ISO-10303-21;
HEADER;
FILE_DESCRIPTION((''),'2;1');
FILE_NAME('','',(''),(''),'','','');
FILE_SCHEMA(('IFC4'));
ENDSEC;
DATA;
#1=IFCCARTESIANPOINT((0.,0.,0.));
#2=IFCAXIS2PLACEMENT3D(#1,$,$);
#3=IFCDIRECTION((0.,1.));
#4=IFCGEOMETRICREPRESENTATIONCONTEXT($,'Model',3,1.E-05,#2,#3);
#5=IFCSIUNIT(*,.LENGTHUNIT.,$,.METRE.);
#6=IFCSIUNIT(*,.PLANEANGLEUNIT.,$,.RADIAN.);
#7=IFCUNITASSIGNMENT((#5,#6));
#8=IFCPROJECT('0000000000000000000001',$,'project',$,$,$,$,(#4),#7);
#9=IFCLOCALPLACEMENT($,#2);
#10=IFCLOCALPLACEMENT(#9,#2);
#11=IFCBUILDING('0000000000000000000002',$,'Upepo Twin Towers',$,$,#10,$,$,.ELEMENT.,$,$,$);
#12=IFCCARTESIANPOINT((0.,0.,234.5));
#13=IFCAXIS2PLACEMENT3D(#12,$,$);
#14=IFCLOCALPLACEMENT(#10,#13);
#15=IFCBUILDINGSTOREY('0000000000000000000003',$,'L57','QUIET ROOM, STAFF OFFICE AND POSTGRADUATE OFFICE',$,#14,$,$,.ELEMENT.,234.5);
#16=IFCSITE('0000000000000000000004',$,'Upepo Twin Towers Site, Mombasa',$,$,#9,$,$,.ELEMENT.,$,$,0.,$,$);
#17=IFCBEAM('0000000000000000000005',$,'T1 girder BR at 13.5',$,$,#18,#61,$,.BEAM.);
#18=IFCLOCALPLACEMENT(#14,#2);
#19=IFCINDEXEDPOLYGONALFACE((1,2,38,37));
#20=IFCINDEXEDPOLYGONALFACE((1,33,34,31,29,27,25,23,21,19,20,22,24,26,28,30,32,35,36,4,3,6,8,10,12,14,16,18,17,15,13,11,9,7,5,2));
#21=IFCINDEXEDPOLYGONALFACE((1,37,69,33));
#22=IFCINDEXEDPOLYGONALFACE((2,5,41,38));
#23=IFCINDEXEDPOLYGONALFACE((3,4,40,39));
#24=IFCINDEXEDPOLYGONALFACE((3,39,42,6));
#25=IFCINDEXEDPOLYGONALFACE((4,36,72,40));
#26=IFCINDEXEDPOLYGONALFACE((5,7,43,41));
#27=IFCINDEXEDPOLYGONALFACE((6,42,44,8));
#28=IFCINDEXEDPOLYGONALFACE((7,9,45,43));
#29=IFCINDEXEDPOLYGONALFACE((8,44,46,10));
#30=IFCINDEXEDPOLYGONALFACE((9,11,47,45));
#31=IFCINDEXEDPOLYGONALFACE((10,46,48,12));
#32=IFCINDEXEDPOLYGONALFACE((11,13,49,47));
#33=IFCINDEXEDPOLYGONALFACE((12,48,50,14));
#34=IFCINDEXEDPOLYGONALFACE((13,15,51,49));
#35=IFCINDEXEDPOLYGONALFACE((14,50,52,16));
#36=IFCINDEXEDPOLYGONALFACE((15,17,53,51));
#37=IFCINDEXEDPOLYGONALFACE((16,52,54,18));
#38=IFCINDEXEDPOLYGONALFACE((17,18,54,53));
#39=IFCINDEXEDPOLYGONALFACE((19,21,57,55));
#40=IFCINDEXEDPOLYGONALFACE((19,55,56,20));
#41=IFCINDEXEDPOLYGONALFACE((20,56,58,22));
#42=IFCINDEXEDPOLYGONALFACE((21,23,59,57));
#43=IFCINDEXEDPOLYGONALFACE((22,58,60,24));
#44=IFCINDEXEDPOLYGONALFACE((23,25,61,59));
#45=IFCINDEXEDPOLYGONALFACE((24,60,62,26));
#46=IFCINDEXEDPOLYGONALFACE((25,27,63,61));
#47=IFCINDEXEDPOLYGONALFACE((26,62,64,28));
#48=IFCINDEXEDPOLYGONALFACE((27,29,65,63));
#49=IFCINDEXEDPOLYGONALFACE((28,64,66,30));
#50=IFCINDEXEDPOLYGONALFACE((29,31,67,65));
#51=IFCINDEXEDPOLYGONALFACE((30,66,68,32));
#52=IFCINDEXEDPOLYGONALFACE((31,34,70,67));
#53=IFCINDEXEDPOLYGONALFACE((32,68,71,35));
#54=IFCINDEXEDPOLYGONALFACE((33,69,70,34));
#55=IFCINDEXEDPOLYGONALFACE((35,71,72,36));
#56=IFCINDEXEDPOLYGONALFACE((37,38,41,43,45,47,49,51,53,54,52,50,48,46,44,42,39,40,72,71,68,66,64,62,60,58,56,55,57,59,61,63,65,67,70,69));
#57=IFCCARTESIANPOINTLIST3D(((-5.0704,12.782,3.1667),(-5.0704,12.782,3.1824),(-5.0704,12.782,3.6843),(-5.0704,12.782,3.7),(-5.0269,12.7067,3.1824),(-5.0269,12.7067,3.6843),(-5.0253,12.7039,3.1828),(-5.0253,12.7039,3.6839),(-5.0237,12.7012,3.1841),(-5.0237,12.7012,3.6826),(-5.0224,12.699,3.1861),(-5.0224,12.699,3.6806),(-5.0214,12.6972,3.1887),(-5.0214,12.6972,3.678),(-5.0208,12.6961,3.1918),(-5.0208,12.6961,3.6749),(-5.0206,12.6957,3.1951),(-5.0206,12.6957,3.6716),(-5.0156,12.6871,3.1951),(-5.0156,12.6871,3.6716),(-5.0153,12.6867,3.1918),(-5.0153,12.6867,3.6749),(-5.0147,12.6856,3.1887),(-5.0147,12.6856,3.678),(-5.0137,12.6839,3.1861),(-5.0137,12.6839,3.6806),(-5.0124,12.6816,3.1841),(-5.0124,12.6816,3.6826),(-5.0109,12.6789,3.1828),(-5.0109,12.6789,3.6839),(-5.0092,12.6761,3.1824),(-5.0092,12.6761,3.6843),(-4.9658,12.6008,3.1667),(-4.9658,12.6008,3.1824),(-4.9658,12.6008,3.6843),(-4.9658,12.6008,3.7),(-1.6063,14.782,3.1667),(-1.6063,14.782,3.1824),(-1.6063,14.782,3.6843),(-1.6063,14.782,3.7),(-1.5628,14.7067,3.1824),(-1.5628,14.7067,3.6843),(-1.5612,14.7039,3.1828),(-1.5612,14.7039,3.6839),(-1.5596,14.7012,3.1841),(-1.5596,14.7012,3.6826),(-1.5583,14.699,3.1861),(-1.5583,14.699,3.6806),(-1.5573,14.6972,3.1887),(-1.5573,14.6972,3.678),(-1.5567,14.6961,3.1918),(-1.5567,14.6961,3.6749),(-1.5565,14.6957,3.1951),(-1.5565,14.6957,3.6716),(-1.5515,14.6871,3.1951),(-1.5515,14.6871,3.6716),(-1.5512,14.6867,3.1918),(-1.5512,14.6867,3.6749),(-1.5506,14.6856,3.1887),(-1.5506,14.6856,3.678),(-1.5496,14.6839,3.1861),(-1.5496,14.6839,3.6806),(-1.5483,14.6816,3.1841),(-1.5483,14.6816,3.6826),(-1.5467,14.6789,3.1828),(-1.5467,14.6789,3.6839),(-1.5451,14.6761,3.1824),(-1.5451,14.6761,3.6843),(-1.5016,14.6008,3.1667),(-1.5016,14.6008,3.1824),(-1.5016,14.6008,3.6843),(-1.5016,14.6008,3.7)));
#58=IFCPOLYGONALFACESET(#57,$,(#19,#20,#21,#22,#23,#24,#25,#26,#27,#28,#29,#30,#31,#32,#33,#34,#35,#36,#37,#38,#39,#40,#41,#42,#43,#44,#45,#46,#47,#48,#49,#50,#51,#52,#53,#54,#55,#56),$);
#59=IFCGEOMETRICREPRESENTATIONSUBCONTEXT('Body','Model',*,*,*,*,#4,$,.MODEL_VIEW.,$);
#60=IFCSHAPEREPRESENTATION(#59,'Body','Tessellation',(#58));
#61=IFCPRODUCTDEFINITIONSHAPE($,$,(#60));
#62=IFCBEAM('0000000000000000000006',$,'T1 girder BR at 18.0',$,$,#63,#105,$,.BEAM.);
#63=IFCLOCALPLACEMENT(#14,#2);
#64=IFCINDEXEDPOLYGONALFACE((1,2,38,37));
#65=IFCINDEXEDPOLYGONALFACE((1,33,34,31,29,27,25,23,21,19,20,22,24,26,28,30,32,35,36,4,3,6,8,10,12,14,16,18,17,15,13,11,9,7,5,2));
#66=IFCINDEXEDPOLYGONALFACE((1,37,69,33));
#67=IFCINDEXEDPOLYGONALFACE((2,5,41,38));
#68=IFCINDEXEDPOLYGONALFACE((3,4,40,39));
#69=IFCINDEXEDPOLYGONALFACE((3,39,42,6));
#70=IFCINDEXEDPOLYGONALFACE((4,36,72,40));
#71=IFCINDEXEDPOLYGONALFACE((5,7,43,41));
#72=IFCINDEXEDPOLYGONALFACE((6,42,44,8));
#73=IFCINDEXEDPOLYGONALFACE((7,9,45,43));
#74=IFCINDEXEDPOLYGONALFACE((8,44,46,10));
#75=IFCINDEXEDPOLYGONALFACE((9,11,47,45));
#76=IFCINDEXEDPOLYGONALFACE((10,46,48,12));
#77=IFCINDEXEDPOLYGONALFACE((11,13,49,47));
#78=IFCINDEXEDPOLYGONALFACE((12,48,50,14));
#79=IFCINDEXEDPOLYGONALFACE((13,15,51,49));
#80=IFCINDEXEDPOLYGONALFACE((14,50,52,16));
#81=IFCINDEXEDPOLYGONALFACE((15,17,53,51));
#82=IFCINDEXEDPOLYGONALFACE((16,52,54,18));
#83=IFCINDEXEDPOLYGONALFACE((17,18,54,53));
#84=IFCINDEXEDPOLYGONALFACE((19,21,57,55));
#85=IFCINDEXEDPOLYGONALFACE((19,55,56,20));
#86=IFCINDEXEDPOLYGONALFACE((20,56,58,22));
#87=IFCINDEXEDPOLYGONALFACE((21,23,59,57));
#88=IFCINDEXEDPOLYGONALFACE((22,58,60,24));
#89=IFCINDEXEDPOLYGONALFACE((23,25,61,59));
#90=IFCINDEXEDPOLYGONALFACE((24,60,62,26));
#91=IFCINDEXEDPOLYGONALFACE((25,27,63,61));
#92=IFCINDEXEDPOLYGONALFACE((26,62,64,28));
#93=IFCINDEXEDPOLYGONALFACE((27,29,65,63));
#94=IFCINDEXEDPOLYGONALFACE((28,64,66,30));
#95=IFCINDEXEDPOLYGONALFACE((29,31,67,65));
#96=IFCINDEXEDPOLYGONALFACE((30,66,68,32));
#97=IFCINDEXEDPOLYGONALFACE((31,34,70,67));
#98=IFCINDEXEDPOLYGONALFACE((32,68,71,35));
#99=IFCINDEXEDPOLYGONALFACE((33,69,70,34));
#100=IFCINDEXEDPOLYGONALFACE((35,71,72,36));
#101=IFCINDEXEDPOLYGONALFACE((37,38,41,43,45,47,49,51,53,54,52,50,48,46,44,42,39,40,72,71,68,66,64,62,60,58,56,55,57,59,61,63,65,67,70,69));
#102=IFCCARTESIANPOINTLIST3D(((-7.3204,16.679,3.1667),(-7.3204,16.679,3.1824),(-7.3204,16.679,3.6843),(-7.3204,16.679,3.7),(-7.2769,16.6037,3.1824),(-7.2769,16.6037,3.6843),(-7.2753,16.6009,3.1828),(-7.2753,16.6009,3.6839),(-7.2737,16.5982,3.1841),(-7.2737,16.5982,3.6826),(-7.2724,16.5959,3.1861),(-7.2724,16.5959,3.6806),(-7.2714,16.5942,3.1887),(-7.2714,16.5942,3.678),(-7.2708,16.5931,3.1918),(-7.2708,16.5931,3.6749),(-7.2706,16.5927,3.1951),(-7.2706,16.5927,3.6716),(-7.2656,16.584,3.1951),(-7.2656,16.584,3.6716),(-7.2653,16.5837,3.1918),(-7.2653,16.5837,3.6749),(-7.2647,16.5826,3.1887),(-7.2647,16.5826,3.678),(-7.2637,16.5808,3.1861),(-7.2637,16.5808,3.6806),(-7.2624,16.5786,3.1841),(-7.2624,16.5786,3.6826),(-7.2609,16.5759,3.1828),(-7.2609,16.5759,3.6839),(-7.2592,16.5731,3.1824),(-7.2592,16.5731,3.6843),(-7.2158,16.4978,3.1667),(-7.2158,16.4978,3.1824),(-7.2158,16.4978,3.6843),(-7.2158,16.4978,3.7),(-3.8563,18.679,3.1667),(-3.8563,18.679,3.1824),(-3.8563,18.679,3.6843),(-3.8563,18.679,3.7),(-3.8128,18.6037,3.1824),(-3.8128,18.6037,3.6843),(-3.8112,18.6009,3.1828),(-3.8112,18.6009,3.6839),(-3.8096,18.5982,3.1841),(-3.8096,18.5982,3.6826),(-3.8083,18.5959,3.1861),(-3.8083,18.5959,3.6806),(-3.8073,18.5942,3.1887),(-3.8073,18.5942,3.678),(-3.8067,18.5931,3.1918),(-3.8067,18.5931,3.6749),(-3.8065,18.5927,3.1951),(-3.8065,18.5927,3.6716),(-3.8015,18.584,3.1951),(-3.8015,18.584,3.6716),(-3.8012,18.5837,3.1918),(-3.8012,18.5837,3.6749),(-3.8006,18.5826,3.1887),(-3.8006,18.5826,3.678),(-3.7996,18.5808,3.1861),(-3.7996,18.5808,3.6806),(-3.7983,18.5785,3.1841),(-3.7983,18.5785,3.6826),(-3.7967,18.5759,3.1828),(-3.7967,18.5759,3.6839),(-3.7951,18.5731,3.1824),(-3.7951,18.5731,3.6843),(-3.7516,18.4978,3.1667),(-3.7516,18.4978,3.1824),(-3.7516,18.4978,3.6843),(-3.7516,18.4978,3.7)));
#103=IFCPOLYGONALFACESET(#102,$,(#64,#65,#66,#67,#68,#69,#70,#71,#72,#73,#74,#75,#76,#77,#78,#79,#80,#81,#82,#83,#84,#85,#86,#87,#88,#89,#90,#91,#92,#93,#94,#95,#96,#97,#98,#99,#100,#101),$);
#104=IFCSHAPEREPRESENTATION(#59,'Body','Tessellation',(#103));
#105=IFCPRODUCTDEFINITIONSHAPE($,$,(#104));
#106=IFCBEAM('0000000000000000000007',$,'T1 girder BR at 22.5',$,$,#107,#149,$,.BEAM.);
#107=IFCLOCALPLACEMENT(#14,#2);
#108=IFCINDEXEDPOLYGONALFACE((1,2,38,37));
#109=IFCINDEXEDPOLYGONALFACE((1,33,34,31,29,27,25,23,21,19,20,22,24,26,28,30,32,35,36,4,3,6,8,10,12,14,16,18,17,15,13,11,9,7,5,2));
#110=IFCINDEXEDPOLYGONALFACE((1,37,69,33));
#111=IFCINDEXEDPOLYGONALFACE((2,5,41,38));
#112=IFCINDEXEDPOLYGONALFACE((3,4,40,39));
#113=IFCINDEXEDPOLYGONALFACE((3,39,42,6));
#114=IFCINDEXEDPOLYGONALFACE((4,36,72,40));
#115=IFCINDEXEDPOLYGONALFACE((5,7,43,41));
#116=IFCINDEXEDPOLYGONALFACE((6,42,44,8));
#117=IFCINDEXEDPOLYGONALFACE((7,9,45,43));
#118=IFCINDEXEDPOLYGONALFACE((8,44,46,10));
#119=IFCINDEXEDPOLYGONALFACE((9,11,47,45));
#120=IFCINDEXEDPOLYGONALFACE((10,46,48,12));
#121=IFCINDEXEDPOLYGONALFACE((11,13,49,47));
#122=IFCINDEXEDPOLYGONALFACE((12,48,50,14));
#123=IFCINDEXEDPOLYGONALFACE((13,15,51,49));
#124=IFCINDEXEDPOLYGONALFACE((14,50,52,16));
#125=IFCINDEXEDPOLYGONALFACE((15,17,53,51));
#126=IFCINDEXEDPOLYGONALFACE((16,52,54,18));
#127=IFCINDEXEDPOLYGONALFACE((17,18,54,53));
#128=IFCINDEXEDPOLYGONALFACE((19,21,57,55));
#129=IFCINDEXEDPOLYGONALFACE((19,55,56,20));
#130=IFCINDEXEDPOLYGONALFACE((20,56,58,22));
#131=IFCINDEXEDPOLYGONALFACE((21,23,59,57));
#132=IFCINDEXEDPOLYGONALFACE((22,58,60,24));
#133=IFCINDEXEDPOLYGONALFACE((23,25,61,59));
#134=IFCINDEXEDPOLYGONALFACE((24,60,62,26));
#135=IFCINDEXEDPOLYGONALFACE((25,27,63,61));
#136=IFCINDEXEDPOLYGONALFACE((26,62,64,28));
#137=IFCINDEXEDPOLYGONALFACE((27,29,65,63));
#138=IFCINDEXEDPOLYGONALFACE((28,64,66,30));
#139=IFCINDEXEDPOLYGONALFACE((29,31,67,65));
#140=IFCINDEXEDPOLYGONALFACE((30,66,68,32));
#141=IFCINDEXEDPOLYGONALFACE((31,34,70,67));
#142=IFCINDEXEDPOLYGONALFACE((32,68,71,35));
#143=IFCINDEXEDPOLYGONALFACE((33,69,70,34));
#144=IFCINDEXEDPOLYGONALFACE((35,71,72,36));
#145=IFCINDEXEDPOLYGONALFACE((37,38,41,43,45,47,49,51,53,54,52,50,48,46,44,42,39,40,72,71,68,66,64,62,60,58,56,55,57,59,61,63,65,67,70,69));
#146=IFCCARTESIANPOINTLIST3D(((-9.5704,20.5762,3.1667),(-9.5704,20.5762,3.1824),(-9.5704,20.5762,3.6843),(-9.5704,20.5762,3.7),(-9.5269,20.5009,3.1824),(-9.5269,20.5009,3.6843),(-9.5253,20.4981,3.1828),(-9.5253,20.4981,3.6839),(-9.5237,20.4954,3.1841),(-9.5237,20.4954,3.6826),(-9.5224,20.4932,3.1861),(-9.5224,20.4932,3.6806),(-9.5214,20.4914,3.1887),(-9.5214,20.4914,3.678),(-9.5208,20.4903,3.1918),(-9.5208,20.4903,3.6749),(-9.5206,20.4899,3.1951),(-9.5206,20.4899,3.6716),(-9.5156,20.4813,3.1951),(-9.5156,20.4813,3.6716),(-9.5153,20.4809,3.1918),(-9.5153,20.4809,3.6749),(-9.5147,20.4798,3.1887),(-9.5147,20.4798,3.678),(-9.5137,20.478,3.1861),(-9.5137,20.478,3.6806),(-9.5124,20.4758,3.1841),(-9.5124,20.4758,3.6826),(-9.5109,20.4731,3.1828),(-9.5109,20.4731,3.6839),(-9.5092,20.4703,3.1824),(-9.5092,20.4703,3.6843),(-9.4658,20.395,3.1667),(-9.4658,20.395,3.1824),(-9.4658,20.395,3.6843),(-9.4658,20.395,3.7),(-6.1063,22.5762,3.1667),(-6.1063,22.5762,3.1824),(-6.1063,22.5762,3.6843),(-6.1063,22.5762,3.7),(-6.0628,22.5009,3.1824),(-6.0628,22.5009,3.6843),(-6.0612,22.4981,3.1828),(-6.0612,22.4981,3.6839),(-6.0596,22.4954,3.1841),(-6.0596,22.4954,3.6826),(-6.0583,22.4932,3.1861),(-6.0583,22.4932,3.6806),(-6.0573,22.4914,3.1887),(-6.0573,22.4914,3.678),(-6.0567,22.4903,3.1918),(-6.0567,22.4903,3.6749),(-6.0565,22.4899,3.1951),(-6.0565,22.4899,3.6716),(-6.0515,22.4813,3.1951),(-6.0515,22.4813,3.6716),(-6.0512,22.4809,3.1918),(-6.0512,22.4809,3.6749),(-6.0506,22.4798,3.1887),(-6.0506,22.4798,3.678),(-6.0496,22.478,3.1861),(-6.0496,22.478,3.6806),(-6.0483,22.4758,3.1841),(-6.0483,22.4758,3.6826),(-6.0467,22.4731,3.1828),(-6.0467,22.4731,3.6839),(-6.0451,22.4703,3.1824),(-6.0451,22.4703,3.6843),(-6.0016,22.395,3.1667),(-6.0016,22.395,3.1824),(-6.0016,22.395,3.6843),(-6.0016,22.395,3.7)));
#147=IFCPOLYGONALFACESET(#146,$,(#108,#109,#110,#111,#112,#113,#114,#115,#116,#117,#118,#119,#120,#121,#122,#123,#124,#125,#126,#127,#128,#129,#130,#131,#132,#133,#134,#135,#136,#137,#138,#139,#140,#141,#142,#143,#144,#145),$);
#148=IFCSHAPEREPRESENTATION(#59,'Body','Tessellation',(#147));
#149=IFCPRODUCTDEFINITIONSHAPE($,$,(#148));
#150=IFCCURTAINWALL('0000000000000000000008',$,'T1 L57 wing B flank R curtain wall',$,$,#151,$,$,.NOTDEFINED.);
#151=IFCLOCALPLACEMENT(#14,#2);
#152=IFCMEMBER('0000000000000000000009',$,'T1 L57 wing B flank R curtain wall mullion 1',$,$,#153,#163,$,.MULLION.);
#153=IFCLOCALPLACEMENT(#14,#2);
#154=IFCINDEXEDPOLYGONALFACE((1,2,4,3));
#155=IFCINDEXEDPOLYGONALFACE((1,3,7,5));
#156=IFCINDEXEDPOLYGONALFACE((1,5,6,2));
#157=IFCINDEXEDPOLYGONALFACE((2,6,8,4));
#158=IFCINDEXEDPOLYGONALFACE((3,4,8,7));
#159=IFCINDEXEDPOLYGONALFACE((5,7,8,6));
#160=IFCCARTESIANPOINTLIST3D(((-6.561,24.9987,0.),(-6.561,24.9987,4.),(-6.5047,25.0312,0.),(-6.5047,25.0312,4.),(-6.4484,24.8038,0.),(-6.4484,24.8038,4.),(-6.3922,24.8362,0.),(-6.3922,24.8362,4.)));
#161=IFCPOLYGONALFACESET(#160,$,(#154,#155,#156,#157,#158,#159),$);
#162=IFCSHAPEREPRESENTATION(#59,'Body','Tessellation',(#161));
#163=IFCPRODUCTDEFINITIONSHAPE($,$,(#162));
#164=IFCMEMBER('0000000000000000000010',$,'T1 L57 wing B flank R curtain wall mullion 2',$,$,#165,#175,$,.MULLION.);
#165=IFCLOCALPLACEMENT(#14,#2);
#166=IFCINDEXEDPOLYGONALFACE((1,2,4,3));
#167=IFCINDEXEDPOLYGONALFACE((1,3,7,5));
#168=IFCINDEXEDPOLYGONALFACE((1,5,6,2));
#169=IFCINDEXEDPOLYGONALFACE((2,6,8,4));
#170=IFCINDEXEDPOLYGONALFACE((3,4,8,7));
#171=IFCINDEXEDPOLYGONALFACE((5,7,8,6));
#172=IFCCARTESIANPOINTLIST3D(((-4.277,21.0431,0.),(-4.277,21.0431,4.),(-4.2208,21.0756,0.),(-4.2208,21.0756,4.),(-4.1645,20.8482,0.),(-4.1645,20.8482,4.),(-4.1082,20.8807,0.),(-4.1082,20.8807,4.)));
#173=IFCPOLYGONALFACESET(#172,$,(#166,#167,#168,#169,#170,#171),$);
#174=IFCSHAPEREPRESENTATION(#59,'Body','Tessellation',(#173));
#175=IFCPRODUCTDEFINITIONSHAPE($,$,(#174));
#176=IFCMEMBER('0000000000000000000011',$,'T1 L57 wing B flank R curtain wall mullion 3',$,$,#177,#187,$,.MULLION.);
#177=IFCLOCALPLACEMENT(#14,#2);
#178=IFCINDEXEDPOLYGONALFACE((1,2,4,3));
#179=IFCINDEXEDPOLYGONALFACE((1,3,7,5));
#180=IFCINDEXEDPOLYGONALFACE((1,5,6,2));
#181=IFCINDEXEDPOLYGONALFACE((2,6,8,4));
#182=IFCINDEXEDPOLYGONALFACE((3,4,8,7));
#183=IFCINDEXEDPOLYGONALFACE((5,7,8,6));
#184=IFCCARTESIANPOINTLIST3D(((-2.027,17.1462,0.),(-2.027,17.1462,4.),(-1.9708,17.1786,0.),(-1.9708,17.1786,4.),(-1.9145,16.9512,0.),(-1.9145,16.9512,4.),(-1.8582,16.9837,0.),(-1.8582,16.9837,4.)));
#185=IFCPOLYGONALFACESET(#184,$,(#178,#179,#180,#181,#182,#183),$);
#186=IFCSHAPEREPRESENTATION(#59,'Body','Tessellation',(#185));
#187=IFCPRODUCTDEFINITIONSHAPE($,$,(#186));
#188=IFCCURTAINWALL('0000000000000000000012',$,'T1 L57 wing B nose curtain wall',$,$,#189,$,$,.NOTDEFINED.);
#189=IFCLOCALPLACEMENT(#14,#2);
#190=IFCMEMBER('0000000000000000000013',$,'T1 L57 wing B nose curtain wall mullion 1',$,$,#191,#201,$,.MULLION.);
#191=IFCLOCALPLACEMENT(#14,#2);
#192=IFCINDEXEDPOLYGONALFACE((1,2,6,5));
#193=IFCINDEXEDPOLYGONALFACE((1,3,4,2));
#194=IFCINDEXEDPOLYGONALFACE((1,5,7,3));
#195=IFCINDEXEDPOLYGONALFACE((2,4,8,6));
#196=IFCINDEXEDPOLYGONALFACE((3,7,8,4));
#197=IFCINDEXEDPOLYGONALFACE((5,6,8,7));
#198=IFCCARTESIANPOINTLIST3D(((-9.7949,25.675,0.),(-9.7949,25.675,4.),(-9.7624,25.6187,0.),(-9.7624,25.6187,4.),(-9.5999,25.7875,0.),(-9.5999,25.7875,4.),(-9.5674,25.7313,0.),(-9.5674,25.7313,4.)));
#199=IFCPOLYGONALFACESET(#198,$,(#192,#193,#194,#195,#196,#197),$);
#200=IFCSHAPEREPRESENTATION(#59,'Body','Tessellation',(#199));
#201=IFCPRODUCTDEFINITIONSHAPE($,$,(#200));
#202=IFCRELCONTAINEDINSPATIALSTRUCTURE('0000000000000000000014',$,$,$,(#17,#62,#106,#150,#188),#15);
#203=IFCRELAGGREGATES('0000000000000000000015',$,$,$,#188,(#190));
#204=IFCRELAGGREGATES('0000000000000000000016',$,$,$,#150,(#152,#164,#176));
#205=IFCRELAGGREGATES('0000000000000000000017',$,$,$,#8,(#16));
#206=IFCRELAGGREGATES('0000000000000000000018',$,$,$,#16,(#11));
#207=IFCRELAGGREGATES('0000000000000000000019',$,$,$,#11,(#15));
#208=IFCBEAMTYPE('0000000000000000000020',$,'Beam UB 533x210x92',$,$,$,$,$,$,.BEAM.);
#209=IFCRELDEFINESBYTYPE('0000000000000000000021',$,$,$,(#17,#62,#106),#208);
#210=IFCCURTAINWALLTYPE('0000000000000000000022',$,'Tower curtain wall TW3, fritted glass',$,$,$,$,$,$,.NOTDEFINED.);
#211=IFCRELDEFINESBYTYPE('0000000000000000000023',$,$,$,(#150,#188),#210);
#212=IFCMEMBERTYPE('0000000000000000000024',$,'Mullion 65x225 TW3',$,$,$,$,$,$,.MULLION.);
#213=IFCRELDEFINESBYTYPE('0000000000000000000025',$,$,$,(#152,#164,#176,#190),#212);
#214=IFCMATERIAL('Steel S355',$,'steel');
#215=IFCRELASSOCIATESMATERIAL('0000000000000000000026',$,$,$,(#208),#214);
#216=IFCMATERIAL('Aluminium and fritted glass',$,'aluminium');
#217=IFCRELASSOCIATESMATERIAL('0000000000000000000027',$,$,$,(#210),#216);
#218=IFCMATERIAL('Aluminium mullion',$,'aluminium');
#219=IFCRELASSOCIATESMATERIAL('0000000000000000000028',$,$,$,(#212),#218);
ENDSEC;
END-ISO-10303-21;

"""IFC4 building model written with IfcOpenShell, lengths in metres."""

from ifc_helpers import new_model, si_unit, direction, frame, origin, origin_2d, place, context, subcontext, project, spatial, rectangle, i_section, extrude, material, material_profile, profile_set, type_object, element, aggregate, save


model = new_model("IFC4")

# Units and contexts
model_context = context("Model", 3, precision=1e-05, world=origin(), true_north=direction((0.0, 1.0)))
body_context = subcontext(model_context, "Body", "Model", "MODEL_VIEW")
ifc_project = project(units=[si_unit("LENGTHUNIT", "METRE"), si_unit("PLANEANGLEUNIT", "RADIAN")], contexts=[model_context])

# Site, building, storey
site_placement = place(None, origin())
site = spatial("IfcSite", under=ifc_project, at=site_placement, Name="Upepo Twin Towers Site, Mombasa", CompositionType="ELEMENT", RefElevation=0.0)
building_placement = place(site_placement, origin())
building = spatial("IfcBuilding", under=site, at=building_placement, Name="Upepo Twin Towers", CompositionType="ELEMENT")
storey_placement = place(building_placement, frame((0.0, 0.0, 234.5)))
storey = spatial("IfcBuildingStorey", under=building, at=storey_placement, Name="L57", Description="QUIET ROOM, STAFF OFFICE AND POSTGRADUATE OFFICE", CompositionType="ELEMENT", Elevation=234.5)

# Beams
ifc_material_1 = material(Name="Steel S355", Category="steel")
ifc_material_profile_1 = material_profile(ifc_material_1, i_section(OverallWidth=0.2092, OverallDepth=0.5332, WebThickness=0.01, FlangeThickness=0.0156, FilletRadius=0.0127, at=origin_2d()), Name="UB 533x210x92")
ifc_profile_set_1 = profile_set([ifc_material_profile_1], Name="Steel S355")
beam_type_1 = type_object("IfcBeamType", Name="Beam UB 533x210x92", PredefinedType="BEAM", material=ifc_profile_set_1)
for number, where, z_axis, x_axis, name in (
    (1, (-1.554, 14.6914, 3.4333), (-0.866026, -0.499999, 0.0), (0.499999, -0.866026, 0.0), "T1 girder BR at 13.5"),
    (2, (-3.804, 18.5884, 3.4333), (-0.866026, -0.499999, 0.0), (0.499999, -0.866026, 0.0), "T1 girder BR at 18.0"),
    (3, (-6.054, 22.4856, 3.4333), (-0.866026, -0.499999, 0.0), (0.499999, -0.866026, 0.0), "T1 girder BR at 22.5"),
):
    element("IfcBeam", number, at=place(storey_placement, frame(where, z_axis=z_axis, x_axis=x_axis)), inside=storey, type_object=beam_type_1, Name=name, PredefinedType="BEAM", context=body_context, shape_type="SweptSolid", body=[
        extrude(i_section(OverallWidth=0.2092, OverallDepth=0.5332, WebThickness=0.01, FlangeThickness=0.0156, FilletRadius=0.0127, at=origin_2d()), origin(), (0.0, 0.0, 1.0), 4.0),
    ])

# Curtain wall, members
ifc_material_2 = material(Name="Aluminium and fritted glass", Category="aluminium")
curtain_wall_type = type_object("IfcCurtainWallType", Name="Tower curtain wall TW3, fritted glass", PredefinedType="NOTDEFINED", material=ifc_material_2)
curtain_wall_1_placement = place(storey_placement, origin())
curtain_wall_1 = element("IfcCurtainWall", 4, at=curtain_wall_1_placement, inside=storey, type_object=curtain_wall_type, Name="T1 L57 wing B flank R curtain wall", PredefinedType="NOTDEFINED")
ifc_material_3 = material(Name="Aluminium mullion", Category="aluminium")
ifc_material_profile_2 = material_profile(ifc_material_3, rectangle(XDim=0.0649, YDim=0.2251, at=origin_2d()), Name="MULLION 65x225")
ifc_profile_set_2 = profile_set([ifc_material_profile_2], Name="Aluminium mullion")
member_type_1 = type_object("IfcMemberType", Name="Mullion 65x225 TW3", PredefinedType="MULLION", material=ifc_profile_set_2)
member_1_placement = place(storey_placement, frame((-6.4766, 24.9175, 0.0), z_axis=(0.0, 0.0, 1.0), x_axis=(0.866025, 0.5, 0.0)))
member_1 = element("IfcMember", 5, at=member_1_placement, type_object=member_type_1, Name="T1 L57 wing B flank R curtain wall mullion 1", PredefinedType="MULLION", context=body_context, shape_type="SweptSolid", body=[
    extrude(rectangle(XDim=0.0649, YDim=0.2251, at=origin_2d()), origin(), (0.0, 0.0, 1.0), 4.0),
])
member_2_placement = place(storey_placement, frame((-4.1926, 20.9619, 0.0), z_axis=(0.0, 0.0, 1.0), x_axis=(0.866025, 0.5, 0.0)))
member_2 = element("IfcMember", 6, at=member_2_placement, type_object=member_type_1, Name="T1 L57 wing B flank R curtain wall mullion 2", PredefinedType="MULLION", context=body_context, shape_type="SweptSolid", body=[
    extrude(rectangle(XDim=0.0649, YDim=0.2251, at=origin_2d()), origin(), (0.0, 0.0, 1.0), 4.0),
])
member_3_placement = place(storey_placement, frame((-1.9426, 17.0649, 0.0), z_axis=(0.0, 0.0, 1.0), x_axis=(0.866025, 0.5, 0.0)))
member_3 = element("IfcMember", 7, at=member_3_placement, type_object=member_type_1, Name="T1 L57 wing B flank R curtain wall mullion 3", PredefinedType="MULLION", context=body_context, shape_type="SweptSolid", body=[
    extrude(rectangle(XDim=0.0649, YDim=0.2251, at=origin_2d()), origin(), (0.0, 0.0, 1.0), 4.0),
])

# Curtain wall, member
curtain_wall_2_placement = place(storey_placement, origin())
curtain_wall_2 = element("IfcCurtainWall", 8, at=curtain_wall_2_placement, inside=storey, type_object=curtain_wall_type, Name="T1 L57 wing B nose curtain wall", PredefinedType="NOTDEFINED")
member_4_placement = place(storey_placement, frame((-9.6812, 25.7031, 0.0), z_axis=(0.0, 0.0, 1.0), x_axis=(0.5, -0.866025, 0.0)))
member_4 = element("IfcMember", 9, at=member_4_placement, type_object=member_type_1, Name="T1 L57 wing B nose curtain wall mullion 1", PredefinedType="MULLION", context=body_context, shape_type="SweptSolid", body=[
    extrude(rectangle(XDim=0.0649, YDim=0.2251, at=origin_2d()), origin(), (0.0, 0.0, 1.0), 4.0),
])
aggregate(curtain_wall_2, [member_4])

aggregate(curtain_wall_1, [member_1, member_2, member_3])

save(model, "model.ifc")
